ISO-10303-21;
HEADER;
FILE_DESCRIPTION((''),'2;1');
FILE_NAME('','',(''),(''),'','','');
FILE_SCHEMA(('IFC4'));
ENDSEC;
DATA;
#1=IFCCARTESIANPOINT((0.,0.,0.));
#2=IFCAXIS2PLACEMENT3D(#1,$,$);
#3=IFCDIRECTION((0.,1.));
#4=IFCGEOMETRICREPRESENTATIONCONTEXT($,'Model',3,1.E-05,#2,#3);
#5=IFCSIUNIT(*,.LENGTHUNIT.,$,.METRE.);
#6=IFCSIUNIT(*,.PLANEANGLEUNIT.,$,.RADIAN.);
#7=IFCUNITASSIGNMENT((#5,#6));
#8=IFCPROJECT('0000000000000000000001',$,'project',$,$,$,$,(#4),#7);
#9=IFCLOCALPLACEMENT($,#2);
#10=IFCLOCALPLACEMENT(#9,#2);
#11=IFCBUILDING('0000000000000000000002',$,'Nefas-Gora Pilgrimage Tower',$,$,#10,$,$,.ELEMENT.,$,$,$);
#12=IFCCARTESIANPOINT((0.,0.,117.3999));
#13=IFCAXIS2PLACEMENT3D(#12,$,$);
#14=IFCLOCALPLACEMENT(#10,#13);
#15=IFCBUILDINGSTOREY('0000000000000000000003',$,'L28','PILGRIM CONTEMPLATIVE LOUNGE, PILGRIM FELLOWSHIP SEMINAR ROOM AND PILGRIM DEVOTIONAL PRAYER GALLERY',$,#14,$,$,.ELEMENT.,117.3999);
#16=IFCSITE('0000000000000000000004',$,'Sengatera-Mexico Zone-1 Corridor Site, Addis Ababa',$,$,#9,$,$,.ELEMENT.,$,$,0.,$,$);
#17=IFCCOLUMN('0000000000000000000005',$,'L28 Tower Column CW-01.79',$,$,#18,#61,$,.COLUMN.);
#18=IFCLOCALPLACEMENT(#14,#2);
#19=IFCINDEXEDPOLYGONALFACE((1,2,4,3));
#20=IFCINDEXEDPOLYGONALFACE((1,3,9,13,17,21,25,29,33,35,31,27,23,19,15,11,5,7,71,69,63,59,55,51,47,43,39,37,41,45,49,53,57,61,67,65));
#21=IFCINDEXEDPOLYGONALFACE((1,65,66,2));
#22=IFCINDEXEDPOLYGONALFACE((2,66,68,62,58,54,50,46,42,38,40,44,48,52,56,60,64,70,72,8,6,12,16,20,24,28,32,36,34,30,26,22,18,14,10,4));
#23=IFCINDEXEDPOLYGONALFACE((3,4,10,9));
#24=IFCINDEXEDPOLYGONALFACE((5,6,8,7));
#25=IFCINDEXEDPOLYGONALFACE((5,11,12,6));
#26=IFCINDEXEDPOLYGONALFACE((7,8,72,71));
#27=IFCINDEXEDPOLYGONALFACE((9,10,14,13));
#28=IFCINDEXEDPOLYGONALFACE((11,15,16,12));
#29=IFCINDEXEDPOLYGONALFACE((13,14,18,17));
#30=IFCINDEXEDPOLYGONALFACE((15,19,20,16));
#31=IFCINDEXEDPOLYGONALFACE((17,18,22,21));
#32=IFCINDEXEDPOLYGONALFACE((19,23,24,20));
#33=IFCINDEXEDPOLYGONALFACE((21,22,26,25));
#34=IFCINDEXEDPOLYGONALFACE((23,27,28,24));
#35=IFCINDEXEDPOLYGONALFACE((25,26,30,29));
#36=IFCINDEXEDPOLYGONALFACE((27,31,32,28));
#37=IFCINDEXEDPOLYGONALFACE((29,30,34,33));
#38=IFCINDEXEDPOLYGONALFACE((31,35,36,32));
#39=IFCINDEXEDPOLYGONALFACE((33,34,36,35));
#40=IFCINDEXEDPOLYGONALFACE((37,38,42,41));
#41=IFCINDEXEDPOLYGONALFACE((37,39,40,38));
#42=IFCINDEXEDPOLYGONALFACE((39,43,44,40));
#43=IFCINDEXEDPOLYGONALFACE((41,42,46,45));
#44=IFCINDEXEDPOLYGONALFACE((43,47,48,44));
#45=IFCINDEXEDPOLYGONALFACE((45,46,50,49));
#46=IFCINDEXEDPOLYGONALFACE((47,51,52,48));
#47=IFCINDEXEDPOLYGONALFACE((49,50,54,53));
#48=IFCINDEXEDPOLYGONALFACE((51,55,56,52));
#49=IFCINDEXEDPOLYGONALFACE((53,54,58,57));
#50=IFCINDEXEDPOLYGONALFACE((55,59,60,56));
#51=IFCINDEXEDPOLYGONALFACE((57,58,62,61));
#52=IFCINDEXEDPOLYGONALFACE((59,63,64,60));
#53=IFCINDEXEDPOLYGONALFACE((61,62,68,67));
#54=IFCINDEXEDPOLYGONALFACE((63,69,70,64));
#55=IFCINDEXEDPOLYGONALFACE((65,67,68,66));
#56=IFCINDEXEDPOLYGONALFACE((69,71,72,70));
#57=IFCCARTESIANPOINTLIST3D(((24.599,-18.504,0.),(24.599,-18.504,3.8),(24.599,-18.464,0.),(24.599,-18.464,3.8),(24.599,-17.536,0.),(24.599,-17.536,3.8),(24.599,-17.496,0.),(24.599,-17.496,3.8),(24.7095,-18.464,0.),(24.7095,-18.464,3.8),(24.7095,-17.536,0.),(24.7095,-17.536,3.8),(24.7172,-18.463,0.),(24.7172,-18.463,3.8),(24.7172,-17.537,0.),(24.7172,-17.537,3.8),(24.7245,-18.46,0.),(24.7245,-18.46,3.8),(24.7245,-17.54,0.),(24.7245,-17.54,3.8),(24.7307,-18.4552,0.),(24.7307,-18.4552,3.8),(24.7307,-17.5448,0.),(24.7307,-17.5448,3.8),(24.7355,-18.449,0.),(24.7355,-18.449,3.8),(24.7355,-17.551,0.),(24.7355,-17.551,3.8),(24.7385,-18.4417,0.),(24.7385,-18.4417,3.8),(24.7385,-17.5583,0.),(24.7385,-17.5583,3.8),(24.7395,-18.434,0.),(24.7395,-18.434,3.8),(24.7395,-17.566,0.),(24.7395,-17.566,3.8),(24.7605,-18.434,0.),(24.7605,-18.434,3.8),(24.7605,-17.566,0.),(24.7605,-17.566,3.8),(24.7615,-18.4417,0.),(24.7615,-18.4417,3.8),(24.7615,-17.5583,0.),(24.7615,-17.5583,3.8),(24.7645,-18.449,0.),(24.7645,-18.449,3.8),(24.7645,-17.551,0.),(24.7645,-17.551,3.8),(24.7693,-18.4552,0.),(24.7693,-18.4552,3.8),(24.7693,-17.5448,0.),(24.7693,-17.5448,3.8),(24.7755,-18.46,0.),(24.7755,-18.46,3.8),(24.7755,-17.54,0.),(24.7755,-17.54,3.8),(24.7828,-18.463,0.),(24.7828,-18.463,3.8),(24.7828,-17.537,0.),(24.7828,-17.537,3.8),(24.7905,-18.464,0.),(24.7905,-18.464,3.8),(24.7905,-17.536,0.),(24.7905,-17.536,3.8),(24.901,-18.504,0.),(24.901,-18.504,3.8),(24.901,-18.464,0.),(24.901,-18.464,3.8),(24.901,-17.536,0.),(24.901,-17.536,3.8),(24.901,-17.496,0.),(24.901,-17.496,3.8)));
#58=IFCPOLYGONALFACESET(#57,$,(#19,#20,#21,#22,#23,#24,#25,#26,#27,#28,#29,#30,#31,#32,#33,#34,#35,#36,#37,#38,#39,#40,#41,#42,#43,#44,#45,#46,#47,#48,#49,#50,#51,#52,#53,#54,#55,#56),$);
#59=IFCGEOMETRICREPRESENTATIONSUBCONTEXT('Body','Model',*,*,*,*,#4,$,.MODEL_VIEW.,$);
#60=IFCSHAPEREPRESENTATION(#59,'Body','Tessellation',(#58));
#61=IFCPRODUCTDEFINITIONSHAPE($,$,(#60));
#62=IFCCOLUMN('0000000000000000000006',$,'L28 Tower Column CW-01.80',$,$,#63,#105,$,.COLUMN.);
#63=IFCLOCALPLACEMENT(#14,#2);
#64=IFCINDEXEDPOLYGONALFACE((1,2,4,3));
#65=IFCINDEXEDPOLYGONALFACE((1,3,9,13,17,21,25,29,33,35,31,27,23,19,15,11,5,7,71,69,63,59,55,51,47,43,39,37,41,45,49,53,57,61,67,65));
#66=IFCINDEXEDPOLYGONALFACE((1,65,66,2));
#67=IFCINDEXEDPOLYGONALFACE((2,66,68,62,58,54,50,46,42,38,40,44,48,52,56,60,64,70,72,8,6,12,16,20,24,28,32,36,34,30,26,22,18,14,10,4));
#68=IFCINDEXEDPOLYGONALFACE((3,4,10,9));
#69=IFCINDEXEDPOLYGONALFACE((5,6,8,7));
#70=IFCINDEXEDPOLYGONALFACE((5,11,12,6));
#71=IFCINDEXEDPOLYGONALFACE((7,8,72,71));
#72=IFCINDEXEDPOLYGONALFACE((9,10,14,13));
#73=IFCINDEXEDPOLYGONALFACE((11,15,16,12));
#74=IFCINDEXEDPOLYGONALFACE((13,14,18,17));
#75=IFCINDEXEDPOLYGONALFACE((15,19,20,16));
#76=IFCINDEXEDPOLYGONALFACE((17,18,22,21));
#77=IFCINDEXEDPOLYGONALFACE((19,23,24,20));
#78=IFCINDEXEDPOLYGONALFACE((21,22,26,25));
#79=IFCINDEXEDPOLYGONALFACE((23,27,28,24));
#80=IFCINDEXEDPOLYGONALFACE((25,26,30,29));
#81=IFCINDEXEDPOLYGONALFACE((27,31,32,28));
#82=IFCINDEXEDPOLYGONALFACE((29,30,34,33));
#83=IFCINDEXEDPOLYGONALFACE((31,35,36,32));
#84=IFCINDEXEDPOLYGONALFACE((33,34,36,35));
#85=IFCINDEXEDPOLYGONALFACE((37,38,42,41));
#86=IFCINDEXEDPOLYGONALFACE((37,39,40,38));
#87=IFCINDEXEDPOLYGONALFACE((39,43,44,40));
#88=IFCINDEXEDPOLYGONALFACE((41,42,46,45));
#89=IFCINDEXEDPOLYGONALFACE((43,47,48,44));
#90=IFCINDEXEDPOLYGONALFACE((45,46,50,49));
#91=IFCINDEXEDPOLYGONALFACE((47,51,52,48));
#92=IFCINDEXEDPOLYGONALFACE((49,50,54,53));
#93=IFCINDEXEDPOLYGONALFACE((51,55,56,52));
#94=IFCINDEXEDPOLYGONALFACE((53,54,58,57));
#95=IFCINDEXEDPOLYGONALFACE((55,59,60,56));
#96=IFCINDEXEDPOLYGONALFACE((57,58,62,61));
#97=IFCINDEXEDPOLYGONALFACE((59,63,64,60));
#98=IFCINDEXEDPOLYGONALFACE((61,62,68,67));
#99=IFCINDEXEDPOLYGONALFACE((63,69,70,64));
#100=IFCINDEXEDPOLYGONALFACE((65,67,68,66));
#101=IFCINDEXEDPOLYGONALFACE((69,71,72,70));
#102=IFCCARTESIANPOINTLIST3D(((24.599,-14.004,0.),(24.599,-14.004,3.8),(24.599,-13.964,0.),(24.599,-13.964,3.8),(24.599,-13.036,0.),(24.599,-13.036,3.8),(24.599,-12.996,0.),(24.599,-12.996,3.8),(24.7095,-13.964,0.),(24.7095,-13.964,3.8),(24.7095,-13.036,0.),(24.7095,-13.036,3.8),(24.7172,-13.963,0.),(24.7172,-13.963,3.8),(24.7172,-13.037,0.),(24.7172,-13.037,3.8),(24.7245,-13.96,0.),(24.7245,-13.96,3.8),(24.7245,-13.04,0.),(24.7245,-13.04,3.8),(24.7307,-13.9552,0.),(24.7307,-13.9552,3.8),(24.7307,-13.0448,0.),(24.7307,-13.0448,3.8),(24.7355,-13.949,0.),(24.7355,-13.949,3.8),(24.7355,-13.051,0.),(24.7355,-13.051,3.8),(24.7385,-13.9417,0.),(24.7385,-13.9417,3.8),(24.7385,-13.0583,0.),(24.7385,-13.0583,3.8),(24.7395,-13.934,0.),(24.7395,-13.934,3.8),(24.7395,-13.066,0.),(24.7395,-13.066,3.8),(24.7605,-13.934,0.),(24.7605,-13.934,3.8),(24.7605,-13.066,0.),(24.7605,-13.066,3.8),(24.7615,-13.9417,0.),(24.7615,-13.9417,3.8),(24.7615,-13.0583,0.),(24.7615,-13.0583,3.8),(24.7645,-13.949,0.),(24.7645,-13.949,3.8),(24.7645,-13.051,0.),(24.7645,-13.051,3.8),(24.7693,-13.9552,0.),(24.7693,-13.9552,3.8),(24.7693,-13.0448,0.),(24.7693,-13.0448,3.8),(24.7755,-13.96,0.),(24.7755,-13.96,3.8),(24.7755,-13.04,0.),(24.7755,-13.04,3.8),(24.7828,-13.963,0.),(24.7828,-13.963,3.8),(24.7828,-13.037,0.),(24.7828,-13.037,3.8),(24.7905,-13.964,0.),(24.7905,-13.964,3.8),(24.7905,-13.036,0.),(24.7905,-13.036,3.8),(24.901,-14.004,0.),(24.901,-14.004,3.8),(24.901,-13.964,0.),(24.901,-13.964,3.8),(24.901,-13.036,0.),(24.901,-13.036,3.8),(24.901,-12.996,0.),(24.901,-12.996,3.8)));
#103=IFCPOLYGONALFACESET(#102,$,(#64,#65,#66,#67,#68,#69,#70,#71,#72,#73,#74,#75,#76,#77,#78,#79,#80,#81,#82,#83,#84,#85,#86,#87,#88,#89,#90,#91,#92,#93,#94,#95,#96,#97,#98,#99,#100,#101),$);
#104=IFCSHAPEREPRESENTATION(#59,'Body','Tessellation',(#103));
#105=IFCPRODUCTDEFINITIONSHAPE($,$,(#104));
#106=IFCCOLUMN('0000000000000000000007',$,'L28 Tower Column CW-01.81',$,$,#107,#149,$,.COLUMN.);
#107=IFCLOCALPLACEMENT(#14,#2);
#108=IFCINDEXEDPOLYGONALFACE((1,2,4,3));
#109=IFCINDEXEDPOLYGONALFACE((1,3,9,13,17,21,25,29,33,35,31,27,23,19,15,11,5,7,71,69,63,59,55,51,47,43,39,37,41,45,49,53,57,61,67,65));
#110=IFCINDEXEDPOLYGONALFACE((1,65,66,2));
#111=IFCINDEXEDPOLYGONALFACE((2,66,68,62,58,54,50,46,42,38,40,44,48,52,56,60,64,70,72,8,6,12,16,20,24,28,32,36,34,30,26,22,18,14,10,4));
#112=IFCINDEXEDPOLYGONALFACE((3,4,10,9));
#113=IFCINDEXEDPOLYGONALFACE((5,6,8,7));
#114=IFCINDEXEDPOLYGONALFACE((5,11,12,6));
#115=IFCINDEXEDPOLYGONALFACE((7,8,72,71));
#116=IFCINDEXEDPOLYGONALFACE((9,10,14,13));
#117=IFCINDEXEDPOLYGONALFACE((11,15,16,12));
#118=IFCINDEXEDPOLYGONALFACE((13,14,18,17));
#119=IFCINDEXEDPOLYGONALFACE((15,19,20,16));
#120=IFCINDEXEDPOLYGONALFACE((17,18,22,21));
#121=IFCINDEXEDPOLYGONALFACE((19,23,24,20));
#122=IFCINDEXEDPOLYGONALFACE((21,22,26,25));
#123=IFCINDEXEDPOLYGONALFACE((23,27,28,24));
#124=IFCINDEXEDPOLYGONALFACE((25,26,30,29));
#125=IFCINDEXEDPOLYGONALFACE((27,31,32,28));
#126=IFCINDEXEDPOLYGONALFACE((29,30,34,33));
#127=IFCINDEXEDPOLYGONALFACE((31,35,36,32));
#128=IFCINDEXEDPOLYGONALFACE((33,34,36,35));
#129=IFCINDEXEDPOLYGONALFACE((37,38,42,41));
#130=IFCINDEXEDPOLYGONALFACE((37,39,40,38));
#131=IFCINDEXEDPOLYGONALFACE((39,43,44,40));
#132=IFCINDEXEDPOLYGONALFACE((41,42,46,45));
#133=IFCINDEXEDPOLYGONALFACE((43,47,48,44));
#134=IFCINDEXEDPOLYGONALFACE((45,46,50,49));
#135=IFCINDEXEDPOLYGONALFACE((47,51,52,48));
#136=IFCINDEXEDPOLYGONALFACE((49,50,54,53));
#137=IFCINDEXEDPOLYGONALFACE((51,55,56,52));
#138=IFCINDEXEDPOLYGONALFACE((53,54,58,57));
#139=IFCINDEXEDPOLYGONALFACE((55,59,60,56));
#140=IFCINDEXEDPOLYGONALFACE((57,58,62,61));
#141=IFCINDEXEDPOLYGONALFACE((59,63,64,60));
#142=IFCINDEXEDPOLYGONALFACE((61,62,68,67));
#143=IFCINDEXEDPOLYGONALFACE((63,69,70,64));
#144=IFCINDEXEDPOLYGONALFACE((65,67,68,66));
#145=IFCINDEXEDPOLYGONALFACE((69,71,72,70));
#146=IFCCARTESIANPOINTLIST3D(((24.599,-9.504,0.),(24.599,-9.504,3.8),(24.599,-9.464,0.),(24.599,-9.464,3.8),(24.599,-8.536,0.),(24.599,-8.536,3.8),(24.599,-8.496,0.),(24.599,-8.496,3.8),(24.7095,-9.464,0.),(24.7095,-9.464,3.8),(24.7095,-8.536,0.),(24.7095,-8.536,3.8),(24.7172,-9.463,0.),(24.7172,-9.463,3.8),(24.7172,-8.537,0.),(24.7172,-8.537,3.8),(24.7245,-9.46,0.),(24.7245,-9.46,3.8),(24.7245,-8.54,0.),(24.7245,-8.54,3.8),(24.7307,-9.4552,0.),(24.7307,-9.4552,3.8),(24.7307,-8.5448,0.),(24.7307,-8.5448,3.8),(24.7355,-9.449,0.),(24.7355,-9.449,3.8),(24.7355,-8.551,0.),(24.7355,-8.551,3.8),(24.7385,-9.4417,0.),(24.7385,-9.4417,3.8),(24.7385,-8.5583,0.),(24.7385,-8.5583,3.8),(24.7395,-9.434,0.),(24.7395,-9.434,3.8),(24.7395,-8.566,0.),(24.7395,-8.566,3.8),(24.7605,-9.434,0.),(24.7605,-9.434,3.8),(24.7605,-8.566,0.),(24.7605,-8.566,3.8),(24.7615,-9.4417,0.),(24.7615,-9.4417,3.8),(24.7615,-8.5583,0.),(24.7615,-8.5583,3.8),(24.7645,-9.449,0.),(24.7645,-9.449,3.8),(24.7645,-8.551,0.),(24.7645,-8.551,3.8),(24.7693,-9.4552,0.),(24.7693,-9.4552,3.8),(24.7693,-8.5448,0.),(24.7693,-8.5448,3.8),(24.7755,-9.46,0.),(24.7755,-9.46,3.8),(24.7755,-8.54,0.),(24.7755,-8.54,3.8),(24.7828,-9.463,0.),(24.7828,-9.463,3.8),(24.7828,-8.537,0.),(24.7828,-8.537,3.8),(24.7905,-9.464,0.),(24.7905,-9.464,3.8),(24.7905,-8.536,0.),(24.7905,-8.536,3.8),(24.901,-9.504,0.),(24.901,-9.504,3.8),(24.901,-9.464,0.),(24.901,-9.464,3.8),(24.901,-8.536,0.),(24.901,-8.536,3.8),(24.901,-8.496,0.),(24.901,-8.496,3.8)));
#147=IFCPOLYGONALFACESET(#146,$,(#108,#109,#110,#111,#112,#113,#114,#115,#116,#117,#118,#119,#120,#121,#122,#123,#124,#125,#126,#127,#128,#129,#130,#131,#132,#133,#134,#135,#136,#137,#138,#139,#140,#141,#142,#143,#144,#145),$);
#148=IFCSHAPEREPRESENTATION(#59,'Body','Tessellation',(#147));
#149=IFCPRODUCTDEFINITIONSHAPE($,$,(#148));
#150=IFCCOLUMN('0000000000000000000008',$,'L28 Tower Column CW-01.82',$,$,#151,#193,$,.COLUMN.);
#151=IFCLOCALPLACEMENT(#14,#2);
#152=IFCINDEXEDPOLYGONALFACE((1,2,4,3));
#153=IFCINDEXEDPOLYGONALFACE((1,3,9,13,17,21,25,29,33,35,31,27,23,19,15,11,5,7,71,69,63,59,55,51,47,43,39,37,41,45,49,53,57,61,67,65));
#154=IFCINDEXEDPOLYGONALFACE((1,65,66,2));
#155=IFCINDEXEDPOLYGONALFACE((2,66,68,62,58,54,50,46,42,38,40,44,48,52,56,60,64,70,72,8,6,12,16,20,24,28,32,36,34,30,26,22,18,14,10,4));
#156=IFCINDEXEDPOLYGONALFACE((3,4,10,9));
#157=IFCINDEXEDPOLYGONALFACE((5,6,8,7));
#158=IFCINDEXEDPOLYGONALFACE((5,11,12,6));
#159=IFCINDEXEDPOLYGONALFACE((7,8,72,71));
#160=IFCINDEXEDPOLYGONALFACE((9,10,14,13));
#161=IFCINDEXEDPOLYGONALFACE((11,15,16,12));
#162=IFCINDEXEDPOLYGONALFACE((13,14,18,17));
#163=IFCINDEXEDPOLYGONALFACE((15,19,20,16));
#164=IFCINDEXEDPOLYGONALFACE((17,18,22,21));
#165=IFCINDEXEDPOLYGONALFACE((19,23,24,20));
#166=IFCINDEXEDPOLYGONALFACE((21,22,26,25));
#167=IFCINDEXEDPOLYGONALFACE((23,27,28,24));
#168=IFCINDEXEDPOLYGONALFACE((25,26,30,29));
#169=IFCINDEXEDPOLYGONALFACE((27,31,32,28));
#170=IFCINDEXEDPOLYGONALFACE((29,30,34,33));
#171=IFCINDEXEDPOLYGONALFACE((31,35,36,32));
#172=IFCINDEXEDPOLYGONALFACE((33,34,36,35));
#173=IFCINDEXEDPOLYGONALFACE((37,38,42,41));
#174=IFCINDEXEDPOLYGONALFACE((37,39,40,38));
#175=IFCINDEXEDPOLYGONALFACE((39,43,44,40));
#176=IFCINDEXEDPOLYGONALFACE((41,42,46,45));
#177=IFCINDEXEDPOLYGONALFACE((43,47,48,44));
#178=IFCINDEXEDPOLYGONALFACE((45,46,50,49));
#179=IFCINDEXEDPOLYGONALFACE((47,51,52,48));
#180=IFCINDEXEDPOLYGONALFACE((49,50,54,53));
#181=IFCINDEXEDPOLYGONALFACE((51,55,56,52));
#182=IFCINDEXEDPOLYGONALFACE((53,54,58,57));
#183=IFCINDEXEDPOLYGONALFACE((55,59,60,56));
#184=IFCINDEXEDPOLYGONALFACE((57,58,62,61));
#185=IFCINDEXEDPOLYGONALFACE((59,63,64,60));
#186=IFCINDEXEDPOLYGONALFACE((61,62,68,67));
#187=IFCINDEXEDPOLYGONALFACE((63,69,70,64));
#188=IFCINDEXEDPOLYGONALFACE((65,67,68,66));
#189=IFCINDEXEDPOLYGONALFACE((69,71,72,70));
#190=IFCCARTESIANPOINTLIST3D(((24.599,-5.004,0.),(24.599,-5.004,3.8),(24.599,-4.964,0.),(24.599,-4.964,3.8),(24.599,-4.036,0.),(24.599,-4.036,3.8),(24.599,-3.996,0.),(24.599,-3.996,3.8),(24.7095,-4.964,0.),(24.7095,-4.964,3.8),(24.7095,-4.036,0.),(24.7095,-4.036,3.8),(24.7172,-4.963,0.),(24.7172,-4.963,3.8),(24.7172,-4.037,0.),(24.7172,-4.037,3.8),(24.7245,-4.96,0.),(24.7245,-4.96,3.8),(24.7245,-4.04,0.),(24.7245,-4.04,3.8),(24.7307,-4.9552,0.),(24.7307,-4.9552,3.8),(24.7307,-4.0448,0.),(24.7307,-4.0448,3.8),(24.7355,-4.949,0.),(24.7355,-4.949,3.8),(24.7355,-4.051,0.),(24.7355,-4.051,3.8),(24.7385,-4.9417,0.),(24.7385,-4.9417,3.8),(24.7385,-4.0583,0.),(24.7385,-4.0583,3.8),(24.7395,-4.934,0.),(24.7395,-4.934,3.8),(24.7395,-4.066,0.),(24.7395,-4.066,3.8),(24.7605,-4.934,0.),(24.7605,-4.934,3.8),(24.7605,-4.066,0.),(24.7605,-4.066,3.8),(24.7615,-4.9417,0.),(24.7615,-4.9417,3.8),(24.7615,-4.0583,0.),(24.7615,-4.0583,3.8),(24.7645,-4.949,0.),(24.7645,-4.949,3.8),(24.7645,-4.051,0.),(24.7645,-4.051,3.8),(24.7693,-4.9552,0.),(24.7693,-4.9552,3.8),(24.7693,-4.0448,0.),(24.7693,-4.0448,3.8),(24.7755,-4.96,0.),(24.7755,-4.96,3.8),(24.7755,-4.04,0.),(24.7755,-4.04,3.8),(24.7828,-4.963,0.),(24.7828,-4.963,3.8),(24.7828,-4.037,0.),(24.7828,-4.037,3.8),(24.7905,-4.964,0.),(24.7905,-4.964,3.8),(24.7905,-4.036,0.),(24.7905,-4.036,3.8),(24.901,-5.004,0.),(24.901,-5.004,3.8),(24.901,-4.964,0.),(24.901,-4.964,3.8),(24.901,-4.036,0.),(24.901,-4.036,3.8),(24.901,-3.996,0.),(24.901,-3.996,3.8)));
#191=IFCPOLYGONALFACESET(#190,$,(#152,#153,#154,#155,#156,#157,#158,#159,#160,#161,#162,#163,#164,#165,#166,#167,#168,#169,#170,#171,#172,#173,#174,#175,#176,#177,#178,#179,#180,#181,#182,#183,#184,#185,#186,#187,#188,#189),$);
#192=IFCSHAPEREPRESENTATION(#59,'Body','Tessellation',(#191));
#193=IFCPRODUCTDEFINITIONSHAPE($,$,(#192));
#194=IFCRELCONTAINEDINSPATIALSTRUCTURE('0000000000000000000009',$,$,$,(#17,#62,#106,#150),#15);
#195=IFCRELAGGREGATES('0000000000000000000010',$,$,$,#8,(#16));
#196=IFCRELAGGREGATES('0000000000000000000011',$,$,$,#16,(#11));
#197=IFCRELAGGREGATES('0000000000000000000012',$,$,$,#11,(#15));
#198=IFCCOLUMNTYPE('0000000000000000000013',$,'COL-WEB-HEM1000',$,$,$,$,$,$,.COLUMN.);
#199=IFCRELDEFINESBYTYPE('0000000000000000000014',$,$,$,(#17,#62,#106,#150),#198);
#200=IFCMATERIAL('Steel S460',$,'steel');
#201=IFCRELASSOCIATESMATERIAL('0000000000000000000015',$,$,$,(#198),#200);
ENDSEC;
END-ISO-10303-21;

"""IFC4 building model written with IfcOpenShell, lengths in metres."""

from ifc_helpers import new_model, si_unit, direction, frame, origin, origin_2d, place, context, subcontext, project, spatial, i_section, extrude, source, transform, mapped, material, material_profile, profile_set, type_object, element, save


model = new_model("IFC4")

# Units and contexts
model_context = context("Model", 3, precision=1e-05, world=origin(), true_north=direction((0.0, 1.0)))
body_context = subcontext(model_context, "Body", "Model", "MODEL_VIEW")
ifc_project = project(units=[si_unit("LENGTHUNIT", "METRE"), si_unit("PLANEANGLEUNIT", "RADIAN")], contexts=[model_context])

# Site, building, storey
site_placement = place(None, origin())
site = spatial("IfcSite", under=ifc_project, at=site_placement, Name="Sengatera-Mexico Zone-1 Corridor Site, Addis Ababa", CompositionType="ELEMENT", RefElevation=0.0)
building_placement = place(site_placement, origin())
building = spatial("IfcBuilding", under=site, at=building_placement, Name="Nefas-Gora Pilgrimage Tower", CompositionType="ELEMENT")
storey_placement = place(building_placement, frame((0.0, 0.0, 117.3999)))
storey = spatial("IfcBuildingStorey", under=building, at=storey_placement, Name="L28", Description="PILGRIM CONTEMPLATIVE LOUNGE, PILGRIM FELLOWSHIP SEMINAR ROOM AND PILGRIM DEVOTIONAL PRAYER GALLERY", CompositionType="ELEMENT", Elevation=117.3999)

# Columns
ifc_material_1 = material(Name="Steel S460", Category="steel")
ifc_material_profile_1 = material_profile(ifc_material_1, i_section(OverallWidth=0.302, OverallDepth=1.0081, WebThickness=0.021, FlangeThickness=0.04, FilletRadius=0.03, at=origin_2d()), Name="HEM 1000")
ifc_profile_set_1 = profile_set([ifc_material_profile_1], Name="Steel S460")
column_type_1 = type_object("IfcColumnType", Name="COL-WEB-HEM1000", PredefinedType="COLUMN", material=ifc_profile_set_1)
shared_shape_1 = source(origin(), body_context, "Body", "SweptSolid", [
    extrude(i_section(OverallWidth=0.302, OverallDepth=1.0081, WebThickness=0.021, FlangeThickness=0.04, FilletRadius=0.03, at=origin_2d()), origin(), (0.0, 0.0, 1.0), 3.8),
])
for number, where, z_axis, x_axis, name in (
    (1, (24.75, -18.0, 0.0), (0.0, 0.0, 1.0), (1.0, 0.0, 0.0), "L28 Tower Column CW-01.79"),
    (2, (24.75, -13.5, 0.0), (0.0, 0.0, 1.0), (1.0, 0.0, 0.0), "L28 Tower Column CW-01.80"),
    (3, (24.75, -9.0, 0.0), (0.0, 0.0, 1.0), (1.0, 0.0, 0.0), "L28 Tower Column CW-01.81"),
    (4, (24.75, -4.5, 0.0), (0.0, 0.0, 1.0), (1.0, 0.0, 0.0), "L28 Tower Column CW-01.82"),
):
    element("IfcColumn", number, at=place(storey_placement, frame(where, z_axis=z_axis, x_axis=x_axis)), inside=storey, type_object=column_type_1, Name=name, PredefinedType="COLUMN", context=body_context, shape_type="MappedRepresentation", body=[
        mapped(shared_shape_1, transform((0.0, 0.0, 0.0), x_axis=(1.0, 0.0, 0.0), y_axis=(0.0, 1.0, 0.0), z_axis=(0.0, 0.0, 1.0), scale=1.0)),
    ])

save(model, "model.ifc")
